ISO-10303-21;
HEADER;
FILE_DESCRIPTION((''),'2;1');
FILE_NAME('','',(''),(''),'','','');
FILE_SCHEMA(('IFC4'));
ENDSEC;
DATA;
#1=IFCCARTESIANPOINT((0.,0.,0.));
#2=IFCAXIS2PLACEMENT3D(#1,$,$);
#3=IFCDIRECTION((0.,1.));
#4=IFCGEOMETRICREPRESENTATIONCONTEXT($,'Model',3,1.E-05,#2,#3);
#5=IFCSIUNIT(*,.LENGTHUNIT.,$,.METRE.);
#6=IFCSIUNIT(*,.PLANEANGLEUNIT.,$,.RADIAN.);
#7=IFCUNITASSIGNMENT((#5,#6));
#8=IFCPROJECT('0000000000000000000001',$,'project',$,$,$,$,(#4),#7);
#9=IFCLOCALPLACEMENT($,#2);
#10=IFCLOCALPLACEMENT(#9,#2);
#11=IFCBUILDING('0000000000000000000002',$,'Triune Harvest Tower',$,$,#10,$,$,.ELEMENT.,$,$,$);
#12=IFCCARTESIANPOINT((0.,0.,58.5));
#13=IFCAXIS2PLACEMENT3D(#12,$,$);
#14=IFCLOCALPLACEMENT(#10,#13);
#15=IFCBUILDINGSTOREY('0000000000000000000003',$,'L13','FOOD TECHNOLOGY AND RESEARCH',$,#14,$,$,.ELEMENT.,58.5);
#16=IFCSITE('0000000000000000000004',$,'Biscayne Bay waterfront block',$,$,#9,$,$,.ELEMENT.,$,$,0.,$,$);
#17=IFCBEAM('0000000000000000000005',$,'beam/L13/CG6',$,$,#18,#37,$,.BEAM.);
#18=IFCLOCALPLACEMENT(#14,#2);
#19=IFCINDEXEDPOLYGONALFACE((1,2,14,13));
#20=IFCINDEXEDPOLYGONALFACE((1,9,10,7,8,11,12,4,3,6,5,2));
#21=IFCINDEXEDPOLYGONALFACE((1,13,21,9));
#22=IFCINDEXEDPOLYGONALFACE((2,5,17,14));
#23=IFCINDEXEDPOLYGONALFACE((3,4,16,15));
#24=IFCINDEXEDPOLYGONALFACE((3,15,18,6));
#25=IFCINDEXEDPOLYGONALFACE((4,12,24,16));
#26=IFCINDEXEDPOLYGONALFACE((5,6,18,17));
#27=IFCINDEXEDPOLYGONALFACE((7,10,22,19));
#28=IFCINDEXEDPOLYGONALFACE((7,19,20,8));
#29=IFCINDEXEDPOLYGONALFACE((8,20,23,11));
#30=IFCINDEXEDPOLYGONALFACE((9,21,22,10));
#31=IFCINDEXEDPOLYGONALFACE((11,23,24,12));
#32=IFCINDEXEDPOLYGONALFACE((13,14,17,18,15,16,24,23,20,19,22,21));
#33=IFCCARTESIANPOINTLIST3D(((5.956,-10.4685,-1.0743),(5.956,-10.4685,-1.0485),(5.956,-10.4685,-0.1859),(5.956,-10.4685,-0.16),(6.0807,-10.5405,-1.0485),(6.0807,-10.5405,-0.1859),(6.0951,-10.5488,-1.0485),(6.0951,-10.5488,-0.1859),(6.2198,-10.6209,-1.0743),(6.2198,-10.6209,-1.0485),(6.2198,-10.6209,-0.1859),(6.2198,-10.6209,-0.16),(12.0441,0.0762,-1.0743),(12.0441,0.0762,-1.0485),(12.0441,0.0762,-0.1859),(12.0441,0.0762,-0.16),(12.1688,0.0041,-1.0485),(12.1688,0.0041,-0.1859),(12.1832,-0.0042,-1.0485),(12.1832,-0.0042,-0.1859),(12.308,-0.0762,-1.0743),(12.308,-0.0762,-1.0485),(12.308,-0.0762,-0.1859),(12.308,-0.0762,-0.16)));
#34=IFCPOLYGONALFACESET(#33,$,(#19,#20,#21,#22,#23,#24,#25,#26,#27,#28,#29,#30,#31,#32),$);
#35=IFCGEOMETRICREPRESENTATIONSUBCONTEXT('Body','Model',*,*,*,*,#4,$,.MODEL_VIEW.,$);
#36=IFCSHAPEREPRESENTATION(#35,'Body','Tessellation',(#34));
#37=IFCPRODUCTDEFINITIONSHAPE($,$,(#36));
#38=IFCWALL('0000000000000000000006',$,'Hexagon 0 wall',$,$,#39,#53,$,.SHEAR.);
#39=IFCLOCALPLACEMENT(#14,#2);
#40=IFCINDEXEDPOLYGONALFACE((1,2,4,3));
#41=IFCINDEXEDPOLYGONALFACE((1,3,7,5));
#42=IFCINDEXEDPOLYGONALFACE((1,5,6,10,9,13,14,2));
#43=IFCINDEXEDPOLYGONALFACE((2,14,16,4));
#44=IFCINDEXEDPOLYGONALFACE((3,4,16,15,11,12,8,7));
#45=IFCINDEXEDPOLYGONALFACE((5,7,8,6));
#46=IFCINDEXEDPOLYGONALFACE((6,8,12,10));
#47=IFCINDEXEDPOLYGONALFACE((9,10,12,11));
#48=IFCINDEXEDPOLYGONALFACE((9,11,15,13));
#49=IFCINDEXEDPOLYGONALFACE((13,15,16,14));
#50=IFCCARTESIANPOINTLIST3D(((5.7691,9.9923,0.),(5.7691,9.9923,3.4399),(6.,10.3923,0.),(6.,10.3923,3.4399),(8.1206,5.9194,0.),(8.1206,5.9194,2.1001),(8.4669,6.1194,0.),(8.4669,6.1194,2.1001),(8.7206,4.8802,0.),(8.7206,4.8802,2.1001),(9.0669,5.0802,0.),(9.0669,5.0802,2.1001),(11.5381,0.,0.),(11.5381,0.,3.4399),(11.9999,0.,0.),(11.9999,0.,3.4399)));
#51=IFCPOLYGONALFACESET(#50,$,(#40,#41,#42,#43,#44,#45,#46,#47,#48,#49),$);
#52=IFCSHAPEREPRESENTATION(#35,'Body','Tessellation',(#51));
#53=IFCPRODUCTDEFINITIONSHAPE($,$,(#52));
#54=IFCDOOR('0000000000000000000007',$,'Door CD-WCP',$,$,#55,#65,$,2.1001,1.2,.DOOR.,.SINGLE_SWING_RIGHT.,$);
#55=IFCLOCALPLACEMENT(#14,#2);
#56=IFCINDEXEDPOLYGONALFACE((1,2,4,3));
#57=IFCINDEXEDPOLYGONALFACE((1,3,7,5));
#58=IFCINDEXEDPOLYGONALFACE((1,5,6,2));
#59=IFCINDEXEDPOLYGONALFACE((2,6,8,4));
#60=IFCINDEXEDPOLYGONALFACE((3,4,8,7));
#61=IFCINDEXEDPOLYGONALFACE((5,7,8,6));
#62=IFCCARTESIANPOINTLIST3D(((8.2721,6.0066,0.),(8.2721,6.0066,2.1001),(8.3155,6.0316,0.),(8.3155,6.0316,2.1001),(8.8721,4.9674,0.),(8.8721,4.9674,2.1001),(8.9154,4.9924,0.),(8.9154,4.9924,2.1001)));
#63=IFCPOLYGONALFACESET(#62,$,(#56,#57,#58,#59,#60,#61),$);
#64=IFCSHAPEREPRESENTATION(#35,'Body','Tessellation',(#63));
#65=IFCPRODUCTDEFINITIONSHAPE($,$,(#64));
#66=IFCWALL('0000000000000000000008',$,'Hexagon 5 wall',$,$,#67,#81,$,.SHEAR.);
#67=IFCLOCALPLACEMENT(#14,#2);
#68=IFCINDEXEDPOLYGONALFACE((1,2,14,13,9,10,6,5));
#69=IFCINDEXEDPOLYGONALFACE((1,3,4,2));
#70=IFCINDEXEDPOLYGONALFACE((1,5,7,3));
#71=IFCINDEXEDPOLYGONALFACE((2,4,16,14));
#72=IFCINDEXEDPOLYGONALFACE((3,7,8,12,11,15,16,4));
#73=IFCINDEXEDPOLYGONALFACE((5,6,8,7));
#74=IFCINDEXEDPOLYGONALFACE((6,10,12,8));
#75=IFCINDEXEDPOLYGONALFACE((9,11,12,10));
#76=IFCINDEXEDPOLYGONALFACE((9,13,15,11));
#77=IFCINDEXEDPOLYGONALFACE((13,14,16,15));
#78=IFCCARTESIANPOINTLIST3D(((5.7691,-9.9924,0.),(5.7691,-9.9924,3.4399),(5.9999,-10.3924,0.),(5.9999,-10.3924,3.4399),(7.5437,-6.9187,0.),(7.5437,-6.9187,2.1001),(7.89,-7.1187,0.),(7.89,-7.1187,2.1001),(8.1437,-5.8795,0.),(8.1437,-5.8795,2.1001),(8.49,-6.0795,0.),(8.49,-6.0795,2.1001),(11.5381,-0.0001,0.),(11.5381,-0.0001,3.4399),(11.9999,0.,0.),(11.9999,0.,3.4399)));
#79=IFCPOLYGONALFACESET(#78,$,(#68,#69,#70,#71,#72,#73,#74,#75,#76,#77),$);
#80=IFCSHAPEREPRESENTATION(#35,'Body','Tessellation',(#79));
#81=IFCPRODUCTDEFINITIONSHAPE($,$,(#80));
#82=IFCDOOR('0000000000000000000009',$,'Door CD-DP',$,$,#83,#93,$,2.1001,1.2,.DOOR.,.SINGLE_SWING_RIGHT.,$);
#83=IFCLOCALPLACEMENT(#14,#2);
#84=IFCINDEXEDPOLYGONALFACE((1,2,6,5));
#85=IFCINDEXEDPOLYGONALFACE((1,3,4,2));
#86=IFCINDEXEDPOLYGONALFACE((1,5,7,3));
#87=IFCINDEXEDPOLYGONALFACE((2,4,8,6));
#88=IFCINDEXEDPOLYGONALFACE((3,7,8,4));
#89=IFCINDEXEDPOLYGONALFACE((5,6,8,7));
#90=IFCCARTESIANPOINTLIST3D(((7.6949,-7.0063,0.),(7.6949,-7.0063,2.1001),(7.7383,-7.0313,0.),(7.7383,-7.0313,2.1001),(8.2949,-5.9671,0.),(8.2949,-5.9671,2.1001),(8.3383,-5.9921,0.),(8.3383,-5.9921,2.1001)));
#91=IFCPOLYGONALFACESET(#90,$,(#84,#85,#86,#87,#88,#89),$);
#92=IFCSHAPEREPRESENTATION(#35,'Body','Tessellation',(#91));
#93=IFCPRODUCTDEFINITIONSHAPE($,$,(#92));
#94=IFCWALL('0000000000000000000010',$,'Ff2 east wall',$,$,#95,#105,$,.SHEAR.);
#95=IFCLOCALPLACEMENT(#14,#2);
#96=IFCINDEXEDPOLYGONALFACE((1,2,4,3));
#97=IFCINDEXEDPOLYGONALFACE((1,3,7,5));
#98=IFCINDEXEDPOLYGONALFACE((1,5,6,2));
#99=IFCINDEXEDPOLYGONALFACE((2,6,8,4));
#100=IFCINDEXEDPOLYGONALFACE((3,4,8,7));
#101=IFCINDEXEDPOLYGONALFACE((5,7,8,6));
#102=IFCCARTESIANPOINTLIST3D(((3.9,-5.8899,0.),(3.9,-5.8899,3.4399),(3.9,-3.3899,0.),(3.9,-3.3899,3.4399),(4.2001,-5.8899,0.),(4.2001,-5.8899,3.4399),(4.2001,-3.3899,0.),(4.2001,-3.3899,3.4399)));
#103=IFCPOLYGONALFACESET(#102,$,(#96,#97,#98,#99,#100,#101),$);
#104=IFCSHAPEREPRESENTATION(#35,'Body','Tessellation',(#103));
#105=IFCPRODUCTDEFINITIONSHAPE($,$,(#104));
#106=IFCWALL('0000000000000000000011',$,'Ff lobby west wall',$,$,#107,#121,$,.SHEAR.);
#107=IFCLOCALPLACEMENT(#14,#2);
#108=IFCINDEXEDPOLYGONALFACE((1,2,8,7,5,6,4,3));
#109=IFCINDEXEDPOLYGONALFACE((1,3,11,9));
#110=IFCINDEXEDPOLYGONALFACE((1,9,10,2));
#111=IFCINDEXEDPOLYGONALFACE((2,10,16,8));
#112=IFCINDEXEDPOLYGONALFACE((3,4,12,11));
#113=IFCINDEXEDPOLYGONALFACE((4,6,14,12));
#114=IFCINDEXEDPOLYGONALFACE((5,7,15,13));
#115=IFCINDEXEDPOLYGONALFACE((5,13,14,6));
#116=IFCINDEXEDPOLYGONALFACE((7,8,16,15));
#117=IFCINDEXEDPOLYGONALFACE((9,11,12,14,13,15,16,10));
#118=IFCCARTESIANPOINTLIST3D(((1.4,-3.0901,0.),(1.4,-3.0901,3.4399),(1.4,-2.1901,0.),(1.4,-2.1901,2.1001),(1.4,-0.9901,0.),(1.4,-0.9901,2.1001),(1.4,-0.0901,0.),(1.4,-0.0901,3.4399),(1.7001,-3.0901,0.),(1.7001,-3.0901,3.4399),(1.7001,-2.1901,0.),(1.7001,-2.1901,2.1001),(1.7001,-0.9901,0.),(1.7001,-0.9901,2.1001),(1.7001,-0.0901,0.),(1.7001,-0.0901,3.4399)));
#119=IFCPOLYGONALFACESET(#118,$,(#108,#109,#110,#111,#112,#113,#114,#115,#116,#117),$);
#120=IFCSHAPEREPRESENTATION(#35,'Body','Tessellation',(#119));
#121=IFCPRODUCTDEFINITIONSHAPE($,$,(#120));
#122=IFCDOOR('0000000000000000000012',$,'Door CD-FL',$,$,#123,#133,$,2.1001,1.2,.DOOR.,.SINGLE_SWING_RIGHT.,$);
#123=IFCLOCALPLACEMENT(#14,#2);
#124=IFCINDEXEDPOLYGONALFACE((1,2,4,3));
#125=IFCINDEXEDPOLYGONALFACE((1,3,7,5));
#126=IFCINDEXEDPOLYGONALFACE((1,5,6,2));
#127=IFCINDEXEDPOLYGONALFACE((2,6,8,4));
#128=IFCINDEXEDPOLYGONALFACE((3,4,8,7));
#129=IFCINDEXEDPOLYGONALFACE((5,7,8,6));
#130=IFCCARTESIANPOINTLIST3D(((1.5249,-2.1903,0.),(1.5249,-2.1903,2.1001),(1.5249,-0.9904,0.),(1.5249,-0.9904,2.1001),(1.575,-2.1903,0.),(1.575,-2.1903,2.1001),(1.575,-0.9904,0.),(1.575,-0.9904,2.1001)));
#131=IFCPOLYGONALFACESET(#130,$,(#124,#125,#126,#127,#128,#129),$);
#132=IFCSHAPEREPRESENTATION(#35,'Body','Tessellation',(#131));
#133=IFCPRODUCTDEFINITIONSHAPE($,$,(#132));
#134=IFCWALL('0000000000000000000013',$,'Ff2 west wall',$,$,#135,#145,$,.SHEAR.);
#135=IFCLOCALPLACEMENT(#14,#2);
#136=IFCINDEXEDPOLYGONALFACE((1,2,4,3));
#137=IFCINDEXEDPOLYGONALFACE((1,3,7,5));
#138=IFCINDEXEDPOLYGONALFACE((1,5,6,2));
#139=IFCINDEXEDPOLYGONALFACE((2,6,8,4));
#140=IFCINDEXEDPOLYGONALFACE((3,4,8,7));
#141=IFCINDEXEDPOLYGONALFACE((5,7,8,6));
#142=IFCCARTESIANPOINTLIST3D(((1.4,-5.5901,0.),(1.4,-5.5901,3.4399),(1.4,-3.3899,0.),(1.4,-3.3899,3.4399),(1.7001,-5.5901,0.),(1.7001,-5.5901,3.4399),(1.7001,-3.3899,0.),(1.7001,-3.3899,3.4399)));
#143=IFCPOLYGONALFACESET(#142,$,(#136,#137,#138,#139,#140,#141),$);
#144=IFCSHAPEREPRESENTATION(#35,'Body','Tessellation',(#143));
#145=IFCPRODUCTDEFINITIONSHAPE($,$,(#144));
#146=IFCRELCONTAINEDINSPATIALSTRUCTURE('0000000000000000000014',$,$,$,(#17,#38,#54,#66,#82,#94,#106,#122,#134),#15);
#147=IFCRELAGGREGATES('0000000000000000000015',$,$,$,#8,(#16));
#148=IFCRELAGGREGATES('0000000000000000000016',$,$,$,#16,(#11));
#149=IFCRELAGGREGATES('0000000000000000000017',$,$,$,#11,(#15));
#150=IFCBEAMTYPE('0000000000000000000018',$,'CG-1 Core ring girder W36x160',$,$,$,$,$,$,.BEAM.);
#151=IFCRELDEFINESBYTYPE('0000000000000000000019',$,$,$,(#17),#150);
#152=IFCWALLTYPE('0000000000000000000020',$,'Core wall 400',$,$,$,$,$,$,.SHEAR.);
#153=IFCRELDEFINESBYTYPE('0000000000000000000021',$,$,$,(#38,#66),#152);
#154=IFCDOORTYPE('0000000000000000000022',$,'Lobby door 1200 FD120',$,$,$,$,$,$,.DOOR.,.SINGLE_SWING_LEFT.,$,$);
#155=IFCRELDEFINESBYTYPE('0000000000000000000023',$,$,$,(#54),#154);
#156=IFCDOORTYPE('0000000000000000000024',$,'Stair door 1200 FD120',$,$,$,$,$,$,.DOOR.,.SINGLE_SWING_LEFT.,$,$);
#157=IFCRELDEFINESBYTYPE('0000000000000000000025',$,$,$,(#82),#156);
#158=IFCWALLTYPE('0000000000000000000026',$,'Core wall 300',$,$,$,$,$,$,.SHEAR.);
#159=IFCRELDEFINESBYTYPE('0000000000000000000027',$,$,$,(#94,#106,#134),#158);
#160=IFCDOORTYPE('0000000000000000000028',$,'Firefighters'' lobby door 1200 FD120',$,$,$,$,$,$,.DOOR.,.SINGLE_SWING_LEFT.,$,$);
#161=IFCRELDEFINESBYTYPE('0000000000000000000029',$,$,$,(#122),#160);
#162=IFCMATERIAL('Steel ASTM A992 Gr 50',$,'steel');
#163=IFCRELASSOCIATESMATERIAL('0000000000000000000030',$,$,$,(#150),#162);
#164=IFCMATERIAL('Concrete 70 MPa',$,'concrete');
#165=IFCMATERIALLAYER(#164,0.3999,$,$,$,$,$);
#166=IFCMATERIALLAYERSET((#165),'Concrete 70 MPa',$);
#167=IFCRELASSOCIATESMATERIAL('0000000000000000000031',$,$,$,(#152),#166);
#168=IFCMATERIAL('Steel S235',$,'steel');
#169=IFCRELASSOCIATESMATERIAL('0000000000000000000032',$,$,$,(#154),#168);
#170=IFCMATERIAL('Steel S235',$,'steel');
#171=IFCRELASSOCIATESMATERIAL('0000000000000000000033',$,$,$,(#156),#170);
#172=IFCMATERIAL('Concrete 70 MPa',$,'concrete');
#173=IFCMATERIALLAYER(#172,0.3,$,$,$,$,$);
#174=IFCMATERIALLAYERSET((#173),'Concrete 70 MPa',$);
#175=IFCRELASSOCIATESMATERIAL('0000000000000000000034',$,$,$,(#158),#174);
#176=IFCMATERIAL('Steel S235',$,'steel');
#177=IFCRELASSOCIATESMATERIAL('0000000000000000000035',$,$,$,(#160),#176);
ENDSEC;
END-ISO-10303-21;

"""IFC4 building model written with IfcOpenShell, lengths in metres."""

from ifc_helpers import new_model, si_unit, direction, frame, frame_2d, origin, origin_2d, place, context, subcontext, project, spatial, polyline, rectangle, i_section, outline, extrude, source, transform, mapped, material, layer, layer_set, material_profile, profile_set, type_object, element, fill, save


model = new_model("IFC4")

# Units and contexts
model_context = context("Model", 3, precision=1e-05, world=origin(), true_north=direction((0.0, 1.0)))
body_context = subcontext(model_context, "Body", "Model", "MODEL_VIEW")
ifc_project = project(units=[si_unit("LENGTHUNIT", "METRE"), si_unit("PLANEANGLEUNIT", "RADIAN")], contexts=[model_context])

# Site, building, storey
site_placement = place(None, origin())
site = spatial("IfcSite", under=ifc_project, at=site_placement, Name="Biscayne Bay waterfront block", CompositionType="ELEMENT", RefElevation=0.0)
building_placement = place(site_placement, origin())
building = spatial("IfcBuilding", under=site, at=building_placement, Name="Triune Harvest Tower", CompositionType="ELEMENT")
storey_placement = place(building_placement, frame((0.0, 0.0, 58.5)))
storey = spatial("IfcBuildingStorey", under=building, at=storey_placement, Name="L13", Description="FOOD TECHNOLOGY AND RESEARCH", CompositionType="ELEMENT", Elevation=58.5)

# Beam
ifc_material_1 = material(Name="Steel ASTM A992 Gr 50", Category="steel")
ifc_material_profile = material_profile(ifc_material_1, i_section(OverallWidth=0.3047, OverallDepth=0.9143, WebThickness=0.0166, FlangeThickness=0.0259, at=origin_2d()), Name="W36x160")
ifc_profile_set = profile_set([ifc_material_profile], Name="Steel ASTM A992 Gr 50")
beam_type = type_object("IfcBeamType", Name="CG-1 Core ring girder W36x160", PredefinedType="BEAM", material=ifc_profile_set)
shared_shape_1 = source(origin(), body_context, "Body", "SweptSolid", [
    extrude(i_section(OverallWidth=0.3047, OverallDepth=0.9143, WebThickness=0.0166, FlangeThickness=0.0259, at=origin_2d()), origin(), (0.0, 0.0, 1.0), 12.176),
])
beam_placement = place(storey_placement, frame((6.0879, -10.5447, -0.6172), z_axis=(0.50001, 0.86602, 0.0), x_axis=(-0.86602, 0.50001, 0.0)))
element("IfcBeam", 1, at=beam_placement, inside=storey, type_object=beam_type, Name="beam/L13/CG6", PredefinedType="BEAM", context=body_context, shape_type="MappedRepresentation", body=[
    mapped(shared_shape_1, transform((0.0, 0.0, 0.0), scale=1.0)),
])

# Walls, openings, doors
ifc_material_2 = material(Name="Concrete 70 MPa", Category="concrete")
ifc_layer_1 = layer(ifc_material_2, 0.3999)
ifc_layer_set_1 = layer_set([ifc_layer_1], Name="Concrete 70 MPa")
wall_type_1 = type_object("IfcWallType", Name="Core wall 400", PredefinedType="SHEAR", material=ifc_layer_set_1)
shared_shape_2 = source(origin(), body_context, "Body", "SweptSolid", [
    extrude(outline(polyline([(-0.1155, -0.2), (11.8845, -0.2), (11.6536, 0.2), (0.1155, 0.2), (-0.1155, -0.2)])), origin(), (0.0, 0.0, 1.0), 3.4399),
])
wall_1_placement = place(storey_placement, frame((11.769, 0.0, 0.0), z_axis=(0.0, 0.0, 1.0), x_axis=(-0.499997, 0.866027, 0.0)))
wall_1 = element("IfcWall", 2, at=wall_1_placement, inside=storey, type_object=wall_type_1, Name="Hexagon 0 wall", PredefinedType="SHEAR", context=body_context, shape_type="MappedRepresentation", body=[
    mapped(shared_shape_2, transform((0.0, 0.0, 0.0), scale=1.0)),
])
opening_1_placement = place(wall_1_placement, frame((5.7505, 0.0, 0.0)))
opening_1 = element("IfcOpeningElement", 3, at=opening_1_placement, cuts=wall_1, PredefinedType="OPENING", context=body_context, shape_type="SweptSolid", body=[
    extrude(rectangle(XDim=1.2, YDim=2.1001, at=frame_2d((0.6001, 1.05))), frame((0.0, 0.21, 0.0), z_axis=(0.0, -1.0, 0.0), x_axis=(1.0, 0.0, 0.0)), (0.0, 0.0, 1.0), 0.4199),
])
ifc_material_3 = material(Name="Steel S235", Category="steel")
door_type_1 = type_object("IfcDoorType", Name="Lobby door 1200 FD120", OperationType="SINGLE_SWING_LEFT", PredefinedType="DOOR", material=ifc_material_3)
door_1_placement = place(opening_1_placement, frame((1.2, 0.0, 0.0), z_axis=(0.0, 0.0, 1.0), x_axis=(-1.0, 0.0, 0.0)))
door_1 = element("IfcDoor", 4, at=door_1_placement, inside=storey, type_object=door_type_1, Name="Door CD-WCP", OperationType="SINGLE_SWING_RIGHT", OverallHeight=2.1001, OverallWidth=1.2, PredefinedType="DOOR", context=body_context, shape_type="SweptSolid", body=[
    extrude(rectangle(XDim=1.2, YDim=2.1001, at=frame_2d((0.6001, 1.05))), frame((0.0, 0.0249, 0.0), z_axis=(0.0, -1.0, 0.0), x_axis=(1.0, 0.0, 0.0)), (0.0, 0.0, 1.0), 0.05),
])
fill(opening_1, door_1)
wall_2_placement = place(storey_placement, frame((5.8845, -10.1924, 0.0), z_axis=(0.0, 0.0, 1.0), x_axis=(0.499997, 0.866027, 0.0)))
wall_2 = element("IfcWall", 5, at=wall_2_placement, inside=storey, type_object=wall_type_1, Name="Hexagon 5 wall", PredefinedType="SHEAR", context=body_context, shape_type="MappedRepresentation", body=[
    mapped(shared_shape_2, transform((0.0, 0.0, 0.0), scale=1.0)),
])
opening_2_placement = place(wall_2_placement, frame((3.6646, 0.0, 0.0)))
opening_2 = element("IfcOpeningElement", 6, at=opening_2_placement, cuts=wall_2, PredefinedType="OPENING", context=body_context, shape_type="SweptSolid", body=[
    extrude(rectangle(XDim=1.2, YDim=2.1001, at=frame_2d((0.6001, 1.05))), frame((0.0, 0.21, 0.0), z_axis=(0.0, -1.0, 0.0), x_axis=(1.0, 0.0, 0.0)), (0.0, 0.0, 1.0), 0.4199),
])
ifc_material_4 = material(Name="Steel S235", Category="steel")
door_type_2 = type_object("IfcDoorType", Name="Stair door 1200 FD120", OperationType="SINGLE_SWING_LEFT", PredefinedType="DOOR", material=ifc_material_4)
door_2_placement = place(opening_2_placement, frame((1.2, 0.0, 0.0), z_axis=(0.0, 0.0, 1.0), x_axis=(-1.0, 0.0, 0.0)))
door_2 = element("IfcDoor", 7, at=door_2_placement, inside=storey, type_object=door_type_2, Name="Door CD-DP", OperationType="SINGLE_SWING_RIGHT", OverallHeight=2.1001, OverallWidth=1.2, PredefinedType="DOOR", context=body_context, shape_type="SweptSolid", body=[
    extrude(rectangle(XDim=1.2, YDim=2.1001, at=frame_2d((0.6001, 1.05))), frame((0.0, 0.0249, 0.0), z_axis=(0.0, -1.0, 0.0), x_axis=(1.0, 0.0, 0.0)), (0.0, 0.0, 1.0), 0.05),
])
fill(opening_2, door_2)

# Wall
ifc_material_5 = material(Name="Concrete 70 MPa", Category="concrete")
ifc_layer_2 = layer(ifc_material_5, 0.3)
ifc_layer_set_2 = layer_set([ifc_layer_2], Name="Concrete 70 MPa")
wall_type_2 = type_object("IfcWallType", Name="Core wall 300", PredefinedType="SHEAR", material=ifc_layer_set_2)
shared_shape_3 = source(origin(), body_context, "Body", "SweptSolid", [
    extrude(rectangle(XDim=2.5, YDim=0.3, at=frame_2d((1.25, 0.0))), origin(), (0.0, 0.0, 1.0), 3.4399),
])
wall_3_placement = place(storey_placement, frame((4.05, -5.8899, 0.0), z_axis=(0.0, 0.0, 1.0), x_axis=(0.0, 1.0, 0.0)))
element("IfcWall", 8, at=wall_3_placement, inside=storey, type_object=wall_type_2, Name="Ff2 east wall", PredefinedType="SHEAR", context=body_context, shape_type="MappedRepresentation", body=[
    mapped(shared_shape_3, transform((0.0, 0.0, 0.0), scale=1.0)),
])

# Wall, opening, door
shared_shape_4 = source(origin(), body_context, "Body", "SweptSolid", [
    extrude(rectangle(XDim=3.0, YDim=0.3, at=frame_2d((1.5, 0.0))), origin(), (0.0, 0.0, 1.0), 3.4399),
])
wall_4_placement = place(storey_placement, frame((1.55, -3.0901, 0.0), z_axis=(0.0, 0.0, 1.0), x_axis=(0.0, 1.0, 0.0)))
wall_4 = element("IfcWall", 9, at=wall_4_placement, inside=storey, type_object=wall_type_2, Name="Ff lobby west wall", PredefinedType="SHEAR", context=body_context, shape_type="MappedRepresentation", body=[
    mapped(shared_shape_4, transform((0.0, 0.0, 0.0), scale=1.0)),
])
opening_3_placement = place(wall_4_placement, frame((0.8999, 0.0, 0.0)))
opening_3 = element("IfcOpeningElement", 10, at=opening_3_placement, cuts=wall_4, PredefinedType="OPENING", context=body_context, shape_type="SweptSolid", body=[
    extrude(rectangle(XDim=1.2, YDim=2.1001, at=frame_2d((0.6001, 1.05))), frame((0.0, 0.1602, 0.0), z_axis=(0.0, -1.0, 0.0), x_axis=(1.0, 0.0, 0.0)), (0.0, 0.0, 1.0), 0.3201),
])
ifc_material_6 = material(Name="Steel S235", Category="steel")
door_type_3 = type_object("IfcDoorType", Name="Firefighters' lobby door 1200 FD120", OperationType="SINGLE_SWING_LEFT", PredefinedType="DOOR", material=ifc_material_6)
door_3_placement = place(opening_3_placement, frame((1.2, 0.0, 0.0), z_axis=(0.0, 0.0, 1.0), x_axis=(-1.0, 0.0, 0.0)))
door_3 = element("IfcDoor", 11, at=door_3_placement, inside=storey, type_object=door_type_3, Name="Door CD-FL", OperationType="SINGLE_SWING_RIGHT", OverallHeight=2.1001, OverallWidth=1.2, PredefinedType="DOOR", context=body_context, shape_type="SweptSolid", body=[
    extrude(rectangle(XDim=1.2, YDim=2.1001, at=frame_2d((0.6001, 1.05))), frame((0.0, 0.0249, 0.0), z_axis=(0.0, -1.0, 0.0), x_axis=(1.0, 0.0, 0.0)), (0.0, 0.0, 1.0), 0.05),
])
fill(opening_3, door_3)

# Wall
shared_shape_5 = source(origin(), body_context, "Body", "SweptSolid", [
    extrude(rectangle(XDim=2.2002, YDim=0.3, at=frame_2d((1.1001, 0.0))), origin(), (0.0, 0.0, 1.0), 3.4399),
])
wall_5_placement = place(storey_placement, frame((1.55, -5.5901, 0.0), z_axis=(0.0, 0.0, 1.0), x_axis=(0.0, 1.0, 0.0)))
element("IfcWall", 12, at=wall_5_placement, inside=storey, type_object=wall_type_2, Name="Ff2 west wall", PredefinedType="SHEAR", context=body_context, shape_type="MappedRepresentation", body=[
    mapped(shared_shape_5, transform((0.0, 0.0, 0.0), scale=1.0)),
])

save(model, "model.ifc")
